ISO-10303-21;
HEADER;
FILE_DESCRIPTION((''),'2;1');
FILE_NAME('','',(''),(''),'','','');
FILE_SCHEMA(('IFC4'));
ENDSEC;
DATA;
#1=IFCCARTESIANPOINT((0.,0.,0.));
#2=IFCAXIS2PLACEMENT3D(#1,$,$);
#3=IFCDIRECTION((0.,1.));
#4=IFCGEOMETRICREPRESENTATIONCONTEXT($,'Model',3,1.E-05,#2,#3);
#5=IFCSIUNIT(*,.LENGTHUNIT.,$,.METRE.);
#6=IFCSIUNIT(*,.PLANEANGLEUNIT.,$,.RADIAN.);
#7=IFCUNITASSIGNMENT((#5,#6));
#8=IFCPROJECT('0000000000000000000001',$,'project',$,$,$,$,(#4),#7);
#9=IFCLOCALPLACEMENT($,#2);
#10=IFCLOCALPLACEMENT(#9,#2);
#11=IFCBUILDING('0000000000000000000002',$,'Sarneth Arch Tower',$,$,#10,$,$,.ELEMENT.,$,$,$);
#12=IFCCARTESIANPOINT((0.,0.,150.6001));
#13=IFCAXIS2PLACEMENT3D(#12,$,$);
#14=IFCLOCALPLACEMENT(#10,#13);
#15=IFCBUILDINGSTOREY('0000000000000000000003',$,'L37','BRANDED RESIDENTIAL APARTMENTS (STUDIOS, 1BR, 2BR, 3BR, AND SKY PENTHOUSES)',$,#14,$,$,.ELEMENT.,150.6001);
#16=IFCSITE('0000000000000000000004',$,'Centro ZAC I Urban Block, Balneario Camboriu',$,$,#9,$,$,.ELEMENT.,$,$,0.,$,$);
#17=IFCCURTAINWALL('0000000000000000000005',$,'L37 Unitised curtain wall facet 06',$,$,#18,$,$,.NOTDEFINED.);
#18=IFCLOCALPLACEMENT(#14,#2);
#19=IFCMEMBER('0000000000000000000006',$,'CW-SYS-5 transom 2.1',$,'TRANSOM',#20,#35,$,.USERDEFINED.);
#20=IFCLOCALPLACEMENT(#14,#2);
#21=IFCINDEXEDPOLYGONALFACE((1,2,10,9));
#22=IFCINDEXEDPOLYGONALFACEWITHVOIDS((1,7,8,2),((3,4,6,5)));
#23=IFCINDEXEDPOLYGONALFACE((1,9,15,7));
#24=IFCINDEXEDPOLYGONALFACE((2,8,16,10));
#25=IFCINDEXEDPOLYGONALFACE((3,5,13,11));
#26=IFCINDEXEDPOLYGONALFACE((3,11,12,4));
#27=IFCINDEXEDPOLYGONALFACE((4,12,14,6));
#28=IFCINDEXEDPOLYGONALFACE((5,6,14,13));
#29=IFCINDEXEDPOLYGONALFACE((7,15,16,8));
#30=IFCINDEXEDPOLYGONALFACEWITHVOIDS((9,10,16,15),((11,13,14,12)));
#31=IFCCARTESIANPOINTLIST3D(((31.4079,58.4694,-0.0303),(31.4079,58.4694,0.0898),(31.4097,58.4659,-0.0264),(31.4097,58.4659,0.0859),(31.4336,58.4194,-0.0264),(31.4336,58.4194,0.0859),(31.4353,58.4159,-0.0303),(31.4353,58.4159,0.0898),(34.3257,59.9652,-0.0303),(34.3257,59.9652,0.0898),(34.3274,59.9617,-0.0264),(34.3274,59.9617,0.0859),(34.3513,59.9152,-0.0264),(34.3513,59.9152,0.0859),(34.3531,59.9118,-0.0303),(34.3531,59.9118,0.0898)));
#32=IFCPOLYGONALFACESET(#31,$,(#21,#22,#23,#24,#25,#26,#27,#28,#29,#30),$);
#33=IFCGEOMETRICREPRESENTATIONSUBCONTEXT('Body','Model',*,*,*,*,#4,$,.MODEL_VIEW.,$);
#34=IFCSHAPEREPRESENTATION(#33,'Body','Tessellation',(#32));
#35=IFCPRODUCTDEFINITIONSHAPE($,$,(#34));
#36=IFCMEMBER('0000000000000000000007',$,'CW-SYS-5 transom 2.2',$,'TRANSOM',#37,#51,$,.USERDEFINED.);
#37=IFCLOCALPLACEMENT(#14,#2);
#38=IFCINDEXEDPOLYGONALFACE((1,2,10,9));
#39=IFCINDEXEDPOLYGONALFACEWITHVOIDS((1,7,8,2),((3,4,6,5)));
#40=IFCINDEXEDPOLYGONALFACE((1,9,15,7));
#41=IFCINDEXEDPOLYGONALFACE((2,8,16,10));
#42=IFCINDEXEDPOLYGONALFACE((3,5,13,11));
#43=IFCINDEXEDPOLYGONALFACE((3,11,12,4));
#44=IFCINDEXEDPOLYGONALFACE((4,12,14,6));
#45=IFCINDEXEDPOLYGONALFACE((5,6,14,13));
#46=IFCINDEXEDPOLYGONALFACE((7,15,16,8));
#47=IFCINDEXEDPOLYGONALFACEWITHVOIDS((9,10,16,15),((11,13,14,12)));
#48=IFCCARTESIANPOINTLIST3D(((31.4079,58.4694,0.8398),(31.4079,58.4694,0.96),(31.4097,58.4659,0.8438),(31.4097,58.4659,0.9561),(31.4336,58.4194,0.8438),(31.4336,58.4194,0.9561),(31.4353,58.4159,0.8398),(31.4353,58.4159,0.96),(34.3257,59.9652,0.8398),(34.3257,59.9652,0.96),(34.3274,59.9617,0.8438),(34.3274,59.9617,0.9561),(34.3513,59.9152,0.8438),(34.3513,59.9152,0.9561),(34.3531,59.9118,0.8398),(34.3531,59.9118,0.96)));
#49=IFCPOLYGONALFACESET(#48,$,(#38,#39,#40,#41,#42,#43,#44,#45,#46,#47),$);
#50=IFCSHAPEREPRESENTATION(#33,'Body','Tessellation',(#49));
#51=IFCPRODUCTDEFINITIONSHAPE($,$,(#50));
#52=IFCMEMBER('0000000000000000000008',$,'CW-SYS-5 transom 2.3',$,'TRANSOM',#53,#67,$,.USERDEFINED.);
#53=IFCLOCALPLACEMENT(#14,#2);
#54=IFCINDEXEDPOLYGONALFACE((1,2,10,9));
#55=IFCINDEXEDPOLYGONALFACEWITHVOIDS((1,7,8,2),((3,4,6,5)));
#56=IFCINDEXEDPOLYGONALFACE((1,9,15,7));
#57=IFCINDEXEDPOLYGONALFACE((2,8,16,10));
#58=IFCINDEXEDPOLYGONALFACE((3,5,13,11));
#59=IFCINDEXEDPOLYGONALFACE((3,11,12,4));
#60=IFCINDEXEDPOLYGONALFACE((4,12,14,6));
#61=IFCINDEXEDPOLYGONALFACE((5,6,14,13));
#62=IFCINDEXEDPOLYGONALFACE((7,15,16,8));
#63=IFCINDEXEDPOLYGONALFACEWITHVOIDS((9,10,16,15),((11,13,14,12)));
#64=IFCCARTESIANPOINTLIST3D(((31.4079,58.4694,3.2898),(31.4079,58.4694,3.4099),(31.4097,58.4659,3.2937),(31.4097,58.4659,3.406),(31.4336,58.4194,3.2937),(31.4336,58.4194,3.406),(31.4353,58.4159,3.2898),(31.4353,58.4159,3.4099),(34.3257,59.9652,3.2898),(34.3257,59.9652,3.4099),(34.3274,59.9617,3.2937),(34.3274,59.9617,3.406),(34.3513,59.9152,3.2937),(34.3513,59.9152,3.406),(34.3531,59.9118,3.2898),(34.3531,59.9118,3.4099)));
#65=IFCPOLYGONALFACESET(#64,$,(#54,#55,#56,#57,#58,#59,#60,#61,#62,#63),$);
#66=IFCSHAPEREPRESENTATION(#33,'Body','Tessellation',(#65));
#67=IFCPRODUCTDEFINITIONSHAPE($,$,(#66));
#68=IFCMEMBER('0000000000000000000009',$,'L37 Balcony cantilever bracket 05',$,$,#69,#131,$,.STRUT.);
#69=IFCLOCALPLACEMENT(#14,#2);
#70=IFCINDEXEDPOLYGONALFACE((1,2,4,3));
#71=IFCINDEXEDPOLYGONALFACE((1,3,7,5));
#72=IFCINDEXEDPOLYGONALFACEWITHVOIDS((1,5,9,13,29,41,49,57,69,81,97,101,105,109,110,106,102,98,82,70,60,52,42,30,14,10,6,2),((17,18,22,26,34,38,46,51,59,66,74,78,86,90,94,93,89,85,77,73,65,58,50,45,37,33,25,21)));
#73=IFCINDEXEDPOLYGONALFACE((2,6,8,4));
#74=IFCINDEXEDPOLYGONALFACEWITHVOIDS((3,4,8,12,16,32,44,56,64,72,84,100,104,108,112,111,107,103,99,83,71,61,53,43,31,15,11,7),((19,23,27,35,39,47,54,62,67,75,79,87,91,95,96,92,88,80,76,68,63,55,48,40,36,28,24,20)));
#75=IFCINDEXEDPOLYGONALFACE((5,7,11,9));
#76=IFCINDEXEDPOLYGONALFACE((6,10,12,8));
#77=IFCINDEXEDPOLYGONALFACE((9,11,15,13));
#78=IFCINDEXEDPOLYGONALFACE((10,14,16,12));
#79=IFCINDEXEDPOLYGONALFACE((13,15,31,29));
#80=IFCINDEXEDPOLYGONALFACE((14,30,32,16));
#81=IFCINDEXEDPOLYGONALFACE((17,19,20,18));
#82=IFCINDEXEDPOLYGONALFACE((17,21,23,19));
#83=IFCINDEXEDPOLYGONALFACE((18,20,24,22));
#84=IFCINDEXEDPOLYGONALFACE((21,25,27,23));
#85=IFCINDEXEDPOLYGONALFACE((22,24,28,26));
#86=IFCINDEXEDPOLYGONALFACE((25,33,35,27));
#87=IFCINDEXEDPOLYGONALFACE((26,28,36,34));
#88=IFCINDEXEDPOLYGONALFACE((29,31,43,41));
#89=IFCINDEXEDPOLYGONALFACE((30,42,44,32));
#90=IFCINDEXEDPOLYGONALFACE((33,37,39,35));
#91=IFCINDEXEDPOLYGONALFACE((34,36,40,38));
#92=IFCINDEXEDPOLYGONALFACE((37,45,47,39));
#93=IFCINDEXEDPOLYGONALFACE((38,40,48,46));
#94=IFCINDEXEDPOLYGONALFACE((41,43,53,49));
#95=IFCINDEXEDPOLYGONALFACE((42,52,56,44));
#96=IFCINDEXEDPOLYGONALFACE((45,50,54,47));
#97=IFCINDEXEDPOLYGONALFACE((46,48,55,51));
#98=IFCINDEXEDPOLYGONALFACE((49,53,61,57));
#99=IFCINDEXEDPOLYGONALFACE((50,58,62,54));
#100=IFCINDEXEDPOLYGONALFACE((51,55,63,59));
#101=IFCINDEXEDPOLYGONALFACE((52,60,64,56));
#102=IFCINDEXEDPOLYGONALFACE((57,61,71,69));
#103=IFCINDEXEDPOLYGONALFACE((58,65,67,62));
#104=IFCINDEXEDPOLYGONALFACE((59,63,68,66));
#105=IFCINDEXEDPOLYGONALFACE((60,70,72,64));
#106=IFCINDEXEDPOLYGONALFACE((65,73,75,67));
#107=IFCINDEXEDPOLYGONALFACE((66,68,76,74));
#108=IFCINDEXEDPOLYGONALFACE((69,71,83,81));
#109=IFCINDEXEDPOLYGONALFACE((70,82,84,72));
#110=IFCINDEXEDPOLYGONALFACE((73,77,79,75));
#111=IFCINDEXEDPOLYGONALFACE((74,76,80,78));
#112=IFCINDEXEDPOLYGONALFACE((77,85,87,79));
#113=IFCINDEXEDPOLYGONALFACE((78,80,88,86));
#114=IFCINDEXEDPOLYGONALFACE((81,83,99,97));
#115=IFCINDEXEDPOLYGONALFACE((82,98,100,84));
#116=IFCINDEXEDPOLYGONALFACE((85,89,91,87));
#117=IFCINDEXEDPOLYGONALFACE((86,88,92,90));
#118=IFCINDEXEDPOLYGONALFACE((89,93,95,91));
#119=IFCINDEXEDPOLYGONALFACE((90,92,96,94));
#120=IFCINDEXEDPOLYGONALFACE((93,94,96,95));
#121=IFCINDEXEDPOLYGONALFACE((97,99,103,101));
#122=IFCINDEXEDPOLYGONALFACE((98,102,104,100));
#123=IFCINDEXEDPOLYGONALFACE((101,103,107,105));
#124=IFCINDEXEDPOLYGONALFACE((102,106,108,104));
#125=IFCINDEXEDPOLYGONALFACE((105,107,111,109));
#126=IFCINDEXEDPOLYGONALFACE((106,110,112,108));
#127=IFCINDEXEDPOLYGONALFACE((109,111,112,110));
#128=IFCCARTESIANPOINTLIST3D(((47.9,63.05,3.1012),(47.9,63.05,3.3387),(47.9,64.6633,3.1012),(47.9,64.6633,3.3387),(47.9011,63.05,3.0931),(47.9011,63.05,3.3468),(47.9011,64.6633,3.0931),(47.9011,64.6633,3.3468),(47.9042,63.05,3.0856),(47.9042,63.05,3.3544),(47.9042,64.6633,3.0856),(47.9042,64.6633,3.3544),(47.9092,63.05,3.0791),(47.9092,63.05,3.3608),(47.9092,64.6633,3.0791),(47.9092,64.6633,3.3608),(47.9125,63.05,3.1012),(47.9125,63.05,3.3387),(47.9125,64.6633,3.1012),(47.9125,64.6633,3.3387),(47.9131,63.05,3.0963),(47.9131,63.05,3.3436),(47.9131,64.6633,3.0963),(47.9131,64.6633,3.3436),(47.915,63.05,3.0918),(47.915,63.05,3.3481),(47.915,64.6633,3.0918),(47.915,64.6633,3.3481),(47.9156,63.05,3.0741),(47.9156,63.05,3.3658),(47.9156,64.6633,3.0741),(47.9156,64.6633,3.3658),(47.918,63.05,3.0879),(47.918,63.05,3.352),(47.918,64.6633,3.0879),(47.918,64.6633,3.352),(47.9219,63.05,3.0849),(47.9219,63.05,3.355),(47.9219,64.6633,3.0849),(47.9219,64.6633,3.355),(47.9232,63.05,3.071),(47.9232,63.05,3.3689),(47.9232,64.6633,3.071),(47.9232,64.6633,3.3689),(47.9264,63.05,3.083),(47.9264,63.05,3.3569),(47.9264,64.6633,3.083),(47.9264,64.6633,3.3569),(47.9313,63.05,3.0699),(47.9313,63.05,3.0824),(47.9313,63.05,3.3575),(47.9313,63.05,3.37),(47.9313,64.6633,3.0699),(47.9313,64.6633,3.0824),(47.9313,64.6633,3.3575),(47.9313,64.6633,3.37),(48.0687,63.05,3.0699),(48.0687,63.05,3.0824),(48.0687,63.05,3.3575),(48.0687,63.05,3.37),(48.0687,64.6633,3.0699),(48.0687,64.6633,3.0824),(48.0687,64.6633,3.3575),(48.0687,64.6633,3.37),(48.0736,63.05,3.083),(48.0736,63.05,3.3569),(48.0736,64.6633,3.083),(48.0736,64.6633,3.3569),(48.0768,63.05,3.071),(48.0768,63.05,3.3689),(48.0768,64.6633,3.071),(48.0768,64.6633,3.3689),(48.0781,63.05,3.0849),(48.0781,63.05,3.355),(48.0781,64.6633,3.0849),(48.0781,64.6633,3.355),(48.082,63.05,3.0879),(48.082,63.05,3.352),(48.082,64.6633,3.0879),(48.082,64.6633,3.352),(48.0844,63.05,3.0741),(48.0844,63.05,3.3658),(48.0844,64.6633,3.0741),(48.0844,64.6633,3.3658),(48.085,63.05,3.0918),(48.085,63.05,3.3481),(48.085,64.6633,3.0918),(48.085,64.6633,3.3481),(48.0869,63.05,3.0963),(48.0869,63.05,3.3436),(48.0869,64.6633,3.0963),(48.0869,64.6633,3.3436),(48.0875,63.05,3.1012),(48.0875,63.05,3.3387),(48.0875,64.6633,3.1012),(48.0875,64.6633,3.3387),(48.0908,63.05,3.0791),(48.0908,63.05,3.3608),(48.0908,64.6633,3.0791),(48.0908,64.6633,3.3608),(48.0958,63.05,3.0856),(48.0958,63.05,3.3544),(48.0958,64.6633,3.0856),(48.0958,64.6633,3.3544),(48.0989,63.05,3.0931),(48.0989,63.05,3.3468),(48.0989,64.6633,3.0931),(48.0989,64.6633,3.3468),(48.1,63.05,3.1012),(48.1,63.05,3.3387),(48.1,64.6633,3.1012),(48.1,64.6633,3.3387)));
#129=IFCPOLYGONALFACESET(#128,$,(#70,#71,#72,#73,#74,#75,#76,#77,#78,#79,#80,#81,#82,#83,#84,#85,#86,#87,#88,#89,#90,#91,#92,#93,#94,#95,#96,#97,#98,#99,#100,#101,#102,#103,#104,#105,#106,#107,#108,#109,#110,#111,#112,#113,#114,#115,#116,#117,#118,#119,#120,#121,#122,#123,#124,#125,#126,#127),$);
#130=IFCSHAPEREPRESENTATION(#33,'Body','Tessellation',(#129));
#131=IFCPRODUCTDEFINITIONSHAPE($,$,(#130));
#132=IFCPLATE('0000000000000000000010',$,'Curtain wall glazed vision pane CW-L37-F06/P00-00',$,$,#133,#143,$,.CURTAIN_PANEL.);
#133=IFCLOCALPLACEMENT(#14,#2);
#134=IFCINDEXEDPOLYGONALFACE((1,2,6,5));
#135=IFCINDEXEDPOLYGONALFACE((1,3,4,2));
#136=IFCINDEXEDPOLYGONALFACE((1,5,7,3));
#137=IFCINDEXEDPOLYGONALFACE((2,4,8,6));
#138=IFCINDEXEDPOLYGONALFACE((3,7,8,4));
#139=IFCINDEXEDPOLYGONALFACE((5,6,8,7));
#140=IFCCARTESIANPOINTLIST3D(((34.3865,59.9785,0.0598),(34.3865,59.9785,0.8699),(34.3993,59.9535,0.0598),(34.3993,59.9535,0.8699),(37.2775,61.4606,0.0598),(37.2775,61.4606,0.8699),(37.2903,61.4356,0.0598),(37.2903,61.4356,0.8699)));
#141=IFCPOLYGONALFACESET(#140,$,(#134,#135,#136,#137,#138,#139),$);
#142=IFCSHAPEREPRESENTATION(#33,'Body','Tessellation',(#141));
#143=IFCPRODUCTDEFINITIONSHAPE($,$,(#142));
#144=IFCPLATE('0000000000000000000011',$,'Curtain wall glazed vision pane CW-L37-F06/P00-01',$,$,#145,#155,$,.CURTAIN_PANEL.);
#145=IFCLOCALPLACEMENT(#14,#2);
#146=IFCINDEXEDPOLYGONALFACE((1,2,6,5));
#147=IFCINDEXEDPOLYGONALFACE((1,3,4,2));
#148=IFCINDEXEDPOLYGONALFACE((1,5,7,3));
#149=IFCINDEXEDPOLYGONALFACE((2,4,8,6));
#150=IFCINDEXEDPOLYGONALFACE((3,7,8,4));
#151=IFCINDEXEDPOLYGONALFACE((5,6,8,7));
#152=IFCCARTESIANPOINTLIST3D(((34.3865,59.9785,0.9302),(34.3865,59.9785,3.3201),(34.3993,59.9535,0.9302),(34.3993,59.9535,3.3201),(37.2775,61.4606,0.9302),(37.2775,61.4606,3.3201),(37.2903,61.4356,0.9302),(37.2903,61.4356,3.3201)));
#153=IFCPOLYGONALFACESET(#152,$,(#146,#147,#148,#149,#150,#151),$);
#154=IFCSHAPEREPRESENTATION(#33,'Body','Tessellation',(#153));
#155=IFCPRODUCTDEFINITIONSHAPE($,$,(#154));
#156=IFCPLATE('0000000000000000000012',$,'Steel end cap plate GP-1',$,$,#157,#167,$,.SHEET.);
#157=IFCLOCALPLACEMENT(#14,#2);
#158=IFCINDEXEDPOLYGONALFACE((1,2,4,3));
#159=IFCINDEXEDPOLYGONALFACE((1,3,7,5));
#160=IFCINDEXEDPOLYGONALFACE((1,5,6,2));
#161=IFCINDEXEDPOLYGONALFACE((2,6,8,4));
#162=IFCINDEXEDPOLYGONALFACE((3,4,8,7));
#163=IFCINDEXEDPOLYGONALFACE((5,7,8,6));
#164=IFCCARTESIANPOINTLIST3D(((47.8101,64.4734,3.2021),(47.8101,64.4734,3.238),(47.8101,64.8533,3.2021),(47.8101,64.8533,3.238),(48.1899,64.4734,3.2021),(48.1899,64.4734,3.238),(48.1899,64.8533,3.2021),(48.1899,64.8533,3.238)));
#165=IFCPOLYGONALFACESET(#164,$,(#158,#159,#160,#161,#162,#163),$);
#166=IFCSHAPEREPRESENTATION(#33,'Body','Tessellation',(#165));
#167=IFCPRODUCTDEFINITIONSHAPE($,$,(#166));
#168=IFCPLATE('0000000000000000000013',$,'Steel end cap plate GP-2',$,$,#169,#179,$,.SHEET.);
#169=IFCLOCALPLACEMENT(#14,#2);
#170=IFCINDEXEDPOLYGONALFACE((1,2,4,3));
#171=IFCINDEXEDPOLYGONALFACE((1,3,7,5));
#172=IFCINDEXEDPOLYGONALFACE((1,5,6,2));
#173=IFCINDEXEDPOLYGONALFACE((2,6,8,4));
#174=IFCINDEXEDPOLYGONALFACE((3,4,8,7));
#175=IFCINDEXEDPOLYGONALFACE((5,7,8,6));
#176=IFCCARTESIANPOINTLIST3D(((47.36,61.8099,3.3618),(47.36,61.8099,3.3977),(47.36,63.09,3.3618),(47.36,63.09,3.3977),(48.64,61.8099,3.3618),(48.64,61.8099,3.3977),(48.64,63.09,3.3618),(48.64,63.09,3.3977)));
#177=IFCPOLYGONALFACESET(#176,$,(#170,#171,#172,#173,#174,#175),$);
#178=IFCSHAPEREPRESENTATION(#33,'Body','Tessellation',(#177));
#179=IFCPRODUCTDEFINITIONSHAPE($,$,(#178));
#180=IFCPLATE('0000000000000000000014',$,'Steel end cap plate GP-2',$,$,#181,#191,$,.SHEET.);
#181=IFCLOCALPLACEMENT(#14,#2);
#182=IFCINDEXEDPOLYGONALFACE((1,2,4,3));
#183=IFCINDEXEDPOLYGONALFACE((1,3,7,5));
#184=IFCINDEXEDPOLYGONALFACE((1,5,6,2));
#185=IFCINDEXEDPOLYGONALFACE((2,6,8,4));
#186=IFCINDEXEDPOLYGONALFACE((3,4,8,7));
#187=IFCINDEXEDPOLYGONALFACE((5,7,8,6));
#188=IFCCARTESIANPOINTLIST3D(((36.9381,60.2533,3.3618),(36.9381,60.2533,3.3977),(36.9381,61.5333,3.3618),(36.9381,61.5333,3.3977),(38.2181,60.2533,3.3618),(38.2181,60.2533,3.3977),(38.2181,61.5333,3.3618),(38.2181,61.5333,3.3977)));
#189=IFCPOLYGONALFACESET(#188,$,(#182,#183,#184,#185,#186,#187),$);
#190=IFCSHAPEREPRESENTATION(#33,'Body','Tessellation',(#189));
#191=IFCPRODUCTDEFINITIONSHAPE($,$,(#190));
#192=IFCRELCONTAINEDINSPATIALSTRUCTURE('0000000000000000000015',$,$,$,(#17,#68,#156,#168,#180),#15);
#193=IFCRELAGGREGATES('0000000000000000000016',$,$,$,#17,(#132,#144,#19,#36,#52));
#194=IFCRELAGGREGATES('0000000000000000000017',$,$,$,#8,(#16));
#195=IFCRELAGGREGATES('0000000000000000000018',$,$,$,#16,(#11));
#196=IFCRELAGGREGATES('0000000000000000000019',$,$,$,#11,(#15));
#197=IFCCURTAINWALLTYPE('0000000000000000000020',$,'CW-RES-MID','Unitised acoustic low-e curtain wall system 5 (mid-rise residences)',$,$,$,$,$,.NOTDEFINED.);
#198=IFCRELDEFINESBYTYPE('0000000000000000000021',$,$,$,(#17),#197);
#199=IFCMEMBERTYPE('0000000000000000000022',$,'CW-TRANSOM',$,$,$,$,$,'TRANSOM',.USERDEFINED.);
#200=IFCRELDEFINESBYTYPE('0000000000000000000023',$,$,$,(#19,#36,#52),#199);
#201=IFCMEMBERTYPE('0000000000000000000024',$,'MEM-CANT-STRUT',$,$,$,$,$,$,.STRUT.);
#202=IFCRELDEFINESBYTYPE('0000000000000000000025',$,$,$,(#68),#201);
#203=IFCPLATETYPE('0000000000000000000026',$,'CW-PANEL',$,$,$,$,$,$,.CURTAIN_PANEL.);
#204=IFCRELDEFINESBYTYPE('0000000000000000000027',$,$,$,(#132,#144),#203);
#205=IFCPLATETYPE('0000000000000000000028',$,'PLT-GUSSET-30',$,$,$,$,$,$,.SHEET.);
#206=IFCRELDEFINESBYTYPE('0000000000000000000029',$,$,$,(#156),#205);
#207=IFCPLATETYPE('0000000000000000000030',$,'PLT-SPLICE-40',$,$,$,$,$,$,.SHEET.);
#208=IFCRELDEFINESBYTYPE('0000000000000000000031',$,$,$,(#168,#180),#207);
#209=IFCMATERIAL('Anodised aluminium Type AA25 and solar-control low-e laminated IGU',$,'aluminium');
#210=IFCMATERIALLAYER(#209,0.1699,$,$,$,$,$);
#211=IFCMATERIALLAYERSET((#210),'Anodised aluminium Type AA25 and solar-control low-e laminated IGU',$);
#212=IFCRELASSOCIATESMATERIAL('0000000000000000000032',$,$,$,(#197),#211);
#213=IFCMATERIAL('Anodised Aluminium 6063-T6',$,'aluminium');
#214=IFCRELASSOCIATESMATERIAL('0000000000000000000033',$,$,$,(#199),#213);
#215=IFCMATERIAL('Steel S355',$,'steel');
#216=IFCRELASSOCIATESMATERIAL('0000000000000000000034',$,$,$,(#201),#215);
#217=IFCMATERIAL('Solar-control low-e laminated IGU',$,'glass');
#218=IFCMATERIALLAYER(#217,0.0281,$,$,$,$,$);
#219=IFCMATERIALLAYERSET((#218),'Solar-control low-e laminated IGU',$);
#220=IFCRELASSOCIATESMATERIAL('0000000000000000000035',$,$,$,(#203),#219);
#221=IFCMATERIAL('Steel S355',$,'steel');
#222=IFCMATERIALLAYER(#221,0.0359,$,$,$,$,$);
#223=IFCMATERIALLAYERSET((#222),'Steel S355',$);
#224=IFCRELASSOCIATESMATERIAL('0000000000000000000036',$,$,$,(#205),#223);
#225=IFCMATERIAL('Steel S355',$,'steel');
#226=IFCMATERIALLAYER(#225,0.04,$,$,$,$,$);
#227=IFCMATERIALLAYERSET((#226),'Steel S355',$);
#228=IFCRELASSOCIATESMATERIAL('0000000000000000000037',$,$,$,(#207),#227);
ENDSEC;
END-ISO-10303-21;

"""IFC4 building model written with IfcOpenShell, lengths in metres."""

from ifc_helpers import new_model, si_unit, direction, frame, origin, origin_2d, place, context, subcontext, project, spatial, rectangle, hollow_rectangle, extrude, material, layer, layer_set, material_profile, profile_set, type_object, element, aggregate, save


model = new_model("IFC4")

# Units and contexts
model_context = context("Model", 3, precision=1e-05, world=origin(), true_north=direction((0.0, 1.0)))
body_context = subcontext(model_context, "Body", "Model", "MODEL_VIEW")
ifc_project = project(units=[si_unit("LENGTHUNIT", "METRE"), si_unit("PLANEANGLEUNIT", "RADIAN")], contexts=[model_context])

# Site, building, storey
site_placement = place(None, origin())
site = spatial("IfcSite", under=ifc_project, at=site_placement, Name="Centro ZAC I Urban Block, Balneario Camboriu", CompositionType="ELEMENT", RefElevation=0.0)
building_placement = place(site_placement, origin())
building = spatial("IfcBuilding", under=site, at=building_placement, Name="Sarneth Arch Tower", CompositionType="ELEMENT")
storey_placement = place(building_placement, frame((0.0, 0.0, 150.6001)))
storey = spatial("IfcBuildingStorey", under=building, at=storey_placement, Name="L37", Description="BRANDED RESIDENTIAL APARTMENTS (STUDIOS, 1BR, 2BR, 3BR, AND SKY PENTHOUSES)", CompositionType="ELEMENT", Elevation=150.6001)

# Curtain wall, members
ifc_material_1 = material(Name="Anodised aluminium Type AA25 and solar-control low-e laminated IGU", Category="aluminium")
ifc_layer_1 = layer(ifc_material_1, 0.1699)
ifc_layer_set_1 = layer_set([ifc_layer_1], Name="Anodised aluminium Type AA25 and solar-control low-e laminated IGU")
curtain_wall_type = type_object("IfcCurtainWallType", Name="CW-RES-MID", Description="Unitised acoustic low-e curtain wall system 5 (mid-rise residences)", PredefinedType="NOTDEFINED", material=ifc_layer_set_1)
curtain_wall_placement = place(storey_placement, origin())
curtain_wall = element("IfcCurtainWall", 1, at=curtain_wall_placement, inside=storey, type_object=curtain_wall_type, Name="L37 Unitised curtain wall facet 06", PredefinedType="NOTDEFINED")
ifc_material_2 = material(Name="Anodised Aluminium 6063-T6", Category="aluminium")
ifc_material_profile_1 = material_profile(ifc_material_2, hollow_rectangle(XDim=0.0601, YDim=0.1201, WallThickness=0.0039, at=origin_2d()), Name="AL-TRAN-120x60x4")
ifc_profile_set_1 = profile_set([ifc_material_profile_1], Name="Anodised Aluminium 6063-T6")
member_type_1 = type_object("IfcMemberType", Name="CW-TRANSOM", ElementType="TRANSOM", PredefinedType="USERDEFINED", material=ifc_profile_set_1)
member_1_placement = place(storey_placement, frame((34.3394, 59.9385, 0.0298), z_axis=(-0.889869, -0.456215, 0.0), x_axis=(0.456215, -0.889869, 0.0)))
member_1 = element("IfcMember", 2, at=member_1_placement, type_object=member_type_1, Name="CW-SYS-5 transom 2.1", ObjectType="TRANSOM", PredefinedType="USERDEFINED", context=body_context, shape_type="SweptSolid", body=[
    extrude(hollow_rectangle(XDim=0.0601, YDim=0.1201, WallThickness=0.0039, at=origin_2d()), origin(), (0.0, 0.0, 1.0), 3.2788),
])
member_2_placement = place(storey_placement, frame((34.3394, 59.9385, 0.8999), z_axis=(-0.889869, -0.456215, 0.0), x_axis=(0.456215, -0.889869, 0.0)))
member_2 = element("IfcMember", 3, at=member_2_placement, type_object=member_type_1, Name="CW-SYS-5 transom 2.2", ObjectType="TRANSOM", PredefinedType="USERDEFINED", context=body_context, shape_type="SweptSolid", body=[
    extrude(hollow_rectangle(XDim=0.0601, YDim=0.1201, WallThickness=0.0039, at=origin_2d()), origin(), (0.0, 0.0, 1.0), 3.2788),
])
member_3_placement = place(storey_placement, frame((34.3394, 59.9385, 3.3499), z_axis=(-0.889869, -0.456215, 0.0), x_axis=(0.456215, -0.889869, 0.0)))
member_3 = element("IfcMember", 4, at=member_3_placement, type_object=member_type_1, Name="CW-SYS-5 transom 2.3", ObjectType="TRANSOM", PredefinedType="USERDEFINED", context=body_context, shape_type="SweptSolid", body=[
    extrude(hollow_rectangle(XDim=0.0601, YDim=0.1201, WallThickness=0.0039, at=origin_2d()), origin(), (0.0, 0.0, 1.0), 3.2788),
])

# Member
ifc_material_3 = material(Name="Steel S355", Category="steel")
ifc_material_profile_2 = material_profile(ifc_material_3, hollow_rectangle(XDim=0.2, YDim=0.3, WallThickness=0.0125, InnerFilletRadius=0.0188, OuterFilletRadius=0.0312, at=origin_2d()), Name="RHS300x200x12.5")
ifc_profile_set_2 = profile_set([ifc_material_profile_2], Name="Steel S355")
member_type_2 = type_object("IfcMemberType", Name="MEM-CANT-STRUT", PredefinedType="STRUT", material=ifc_profile_set_2)
member_4_placement = place(storey_placement, frame((48.0, 63.05, 3.22), z_axis=(0.0, 1.0, 0.0), x_axis=(-1.0, 0.0, 0.0)))
element("IfcMember", 5, at=member_4_placement, inside=storey, type_object=member_type_2, Name="L37 Balcony cantilever bracket 05", PredefinedType="STRUT", context=body_context, shape_type="SweptSolid", body=[
    extrude(hollow_rectangle(XDim=0.2, YDim=0.3, WallThickness=0.0125, InnerFilletRadius=0.0188, OuterFilletRadius=0.0312, at=origin_2d()), origin(), (0.0, 0.0, 1.0), 1.6133),
])

# Plates
ifc_material_4 = material(Name="Solar-control low-e laminated IGU", Category="glass")
ifc_layer_2 = layer(ifc_material_4, 0.0281)
ifc_layer_set_2 = layer_set([ifc_layer_2], Name="Solar-control low-e laminated IGU")
plate_type_1 = type_object("IfcPlateType", Name="CW-PANEL", PredefinedType="CURTAIN_PANEL", material=ifc_layer_set_2)
plate_1_placement = place(storey_placement, frame((35.8384, 60.707, 0.0598), z_axis=(0.0, 0.0, 1.0), x_axis=(-0.889873, -0.456208, 0.0)))
plate_1 = element("IfcPlate", 6, at=plate_1_placement, type_object=plate_type_1, Name="Curtain wall glazed vision pane CW-L37-F06/P00-00", PredefinedType="CURTAIN_PANEL", context=body_context, shape_type="SweptSolid", body=[
    extrude(rectangle(XDim=3.2488, YDim=0.0281, at=origin_2d()), origin(), (0.0, 0.0, 1.0), 0.8101),
])
plate_2_placement = place(storey_placement, frame((35.8384, 60.707, 0.9302), z_axis=(0.0, 0.0, 1.0), x_axis=(-0.889873, -0.456208, 0.0)))
plate_2 = element("IfcPlate", 7, at=plate_2_placement, type_object=plate_type_1, Name="Curtain wall glazed vision pane CW-L37-F06/P00-01", PredefinedType="CURTAIN_PANEL", context=body_context, shape_type="SweptSolid", body=[
    extrude(rectangle(XDim=3.2488, YDim=0.0281, at=origin_2d()), origin(), (0.0, 0.0, 1.0), 2.3899),
])
aggregate(curtain_wall, [plate_1, plate_2, member_1, member_2, member_3])

# Plates
ifc_material_5 = material(Name="Steel S355", Category="steel")
ifc_layer_3 = layer(ifc_material_5, 0.0359)
ifc_layer_set_3 = layer_set([ifc_layer_3], Name="Steel S355")
plate_type_2 = type_object("IfcPlateType", Name="PLT-GUSSET-30", PredefinedType="SHEET", material=ifc_layer_set_3)
plate_3_placement = place(storey_placement, frame((48.0, 64.6633, 3.2021), z_axis=(0.0, 0.0, 1.0), x_axis=(0.0, 1.0, 0.0)))
element("IfcPlate", 8, at=plate_3_placement, inside=storey, type_object=plate_type_2, Name="Steel end cap plate GP-1", PredefinedType="SHEET", context=body_context, shape_type="SweptSolid", body=[
    extrude(rectangle(XDim=0.3799, YDim=0.3799, at=origin_2d()), origin(), (0.0, 0.0, 1.0), 0.0359),
])
ifc_material_6 = material(Name="Steel S355", Category="steel")
ifc_layer_4 = layer(ifc_material_6, 0.04)
ifc_layer_set_4 = layer_set([ifc_layer_4], Name="Steel S355")
plate_type_3 = type_object("IfcPlateType", Name="PLT-SPLICE-40", PredefinedType="SHEET", material=ifc_layer_set_4)
for number, where, z_axis, x_axis, name in (
    (9, (48.0, 62.45, 3.3618), (0.0, 0.0, 1.0), (1.0, 0.0, 0.0), "Steel end cap plate GP-2"),
    (10, (37.5781, 60.8933, 3.3618), (0.0, 0.0, 1.0), (1.0, 0.0, 0.0), "Steel end cap plate GP-2"),
):
    element("IfcPlate", number, at=place(storey_placement, frame(where, z_axis=z_axis, x_axis=x_axis)), inside=storey, type_object=plate_type_3, Name=name, PredefinedType="SHEET", context=body_context, shape_type="SweptSolid", body=[
        extrude(rectangle(XDim=1.28, YDim=1.28, at=origin_2d()), origin(), (0.0, 0.0, 1.0), 0.0359),
    ])

save(model, "model.ifc")
